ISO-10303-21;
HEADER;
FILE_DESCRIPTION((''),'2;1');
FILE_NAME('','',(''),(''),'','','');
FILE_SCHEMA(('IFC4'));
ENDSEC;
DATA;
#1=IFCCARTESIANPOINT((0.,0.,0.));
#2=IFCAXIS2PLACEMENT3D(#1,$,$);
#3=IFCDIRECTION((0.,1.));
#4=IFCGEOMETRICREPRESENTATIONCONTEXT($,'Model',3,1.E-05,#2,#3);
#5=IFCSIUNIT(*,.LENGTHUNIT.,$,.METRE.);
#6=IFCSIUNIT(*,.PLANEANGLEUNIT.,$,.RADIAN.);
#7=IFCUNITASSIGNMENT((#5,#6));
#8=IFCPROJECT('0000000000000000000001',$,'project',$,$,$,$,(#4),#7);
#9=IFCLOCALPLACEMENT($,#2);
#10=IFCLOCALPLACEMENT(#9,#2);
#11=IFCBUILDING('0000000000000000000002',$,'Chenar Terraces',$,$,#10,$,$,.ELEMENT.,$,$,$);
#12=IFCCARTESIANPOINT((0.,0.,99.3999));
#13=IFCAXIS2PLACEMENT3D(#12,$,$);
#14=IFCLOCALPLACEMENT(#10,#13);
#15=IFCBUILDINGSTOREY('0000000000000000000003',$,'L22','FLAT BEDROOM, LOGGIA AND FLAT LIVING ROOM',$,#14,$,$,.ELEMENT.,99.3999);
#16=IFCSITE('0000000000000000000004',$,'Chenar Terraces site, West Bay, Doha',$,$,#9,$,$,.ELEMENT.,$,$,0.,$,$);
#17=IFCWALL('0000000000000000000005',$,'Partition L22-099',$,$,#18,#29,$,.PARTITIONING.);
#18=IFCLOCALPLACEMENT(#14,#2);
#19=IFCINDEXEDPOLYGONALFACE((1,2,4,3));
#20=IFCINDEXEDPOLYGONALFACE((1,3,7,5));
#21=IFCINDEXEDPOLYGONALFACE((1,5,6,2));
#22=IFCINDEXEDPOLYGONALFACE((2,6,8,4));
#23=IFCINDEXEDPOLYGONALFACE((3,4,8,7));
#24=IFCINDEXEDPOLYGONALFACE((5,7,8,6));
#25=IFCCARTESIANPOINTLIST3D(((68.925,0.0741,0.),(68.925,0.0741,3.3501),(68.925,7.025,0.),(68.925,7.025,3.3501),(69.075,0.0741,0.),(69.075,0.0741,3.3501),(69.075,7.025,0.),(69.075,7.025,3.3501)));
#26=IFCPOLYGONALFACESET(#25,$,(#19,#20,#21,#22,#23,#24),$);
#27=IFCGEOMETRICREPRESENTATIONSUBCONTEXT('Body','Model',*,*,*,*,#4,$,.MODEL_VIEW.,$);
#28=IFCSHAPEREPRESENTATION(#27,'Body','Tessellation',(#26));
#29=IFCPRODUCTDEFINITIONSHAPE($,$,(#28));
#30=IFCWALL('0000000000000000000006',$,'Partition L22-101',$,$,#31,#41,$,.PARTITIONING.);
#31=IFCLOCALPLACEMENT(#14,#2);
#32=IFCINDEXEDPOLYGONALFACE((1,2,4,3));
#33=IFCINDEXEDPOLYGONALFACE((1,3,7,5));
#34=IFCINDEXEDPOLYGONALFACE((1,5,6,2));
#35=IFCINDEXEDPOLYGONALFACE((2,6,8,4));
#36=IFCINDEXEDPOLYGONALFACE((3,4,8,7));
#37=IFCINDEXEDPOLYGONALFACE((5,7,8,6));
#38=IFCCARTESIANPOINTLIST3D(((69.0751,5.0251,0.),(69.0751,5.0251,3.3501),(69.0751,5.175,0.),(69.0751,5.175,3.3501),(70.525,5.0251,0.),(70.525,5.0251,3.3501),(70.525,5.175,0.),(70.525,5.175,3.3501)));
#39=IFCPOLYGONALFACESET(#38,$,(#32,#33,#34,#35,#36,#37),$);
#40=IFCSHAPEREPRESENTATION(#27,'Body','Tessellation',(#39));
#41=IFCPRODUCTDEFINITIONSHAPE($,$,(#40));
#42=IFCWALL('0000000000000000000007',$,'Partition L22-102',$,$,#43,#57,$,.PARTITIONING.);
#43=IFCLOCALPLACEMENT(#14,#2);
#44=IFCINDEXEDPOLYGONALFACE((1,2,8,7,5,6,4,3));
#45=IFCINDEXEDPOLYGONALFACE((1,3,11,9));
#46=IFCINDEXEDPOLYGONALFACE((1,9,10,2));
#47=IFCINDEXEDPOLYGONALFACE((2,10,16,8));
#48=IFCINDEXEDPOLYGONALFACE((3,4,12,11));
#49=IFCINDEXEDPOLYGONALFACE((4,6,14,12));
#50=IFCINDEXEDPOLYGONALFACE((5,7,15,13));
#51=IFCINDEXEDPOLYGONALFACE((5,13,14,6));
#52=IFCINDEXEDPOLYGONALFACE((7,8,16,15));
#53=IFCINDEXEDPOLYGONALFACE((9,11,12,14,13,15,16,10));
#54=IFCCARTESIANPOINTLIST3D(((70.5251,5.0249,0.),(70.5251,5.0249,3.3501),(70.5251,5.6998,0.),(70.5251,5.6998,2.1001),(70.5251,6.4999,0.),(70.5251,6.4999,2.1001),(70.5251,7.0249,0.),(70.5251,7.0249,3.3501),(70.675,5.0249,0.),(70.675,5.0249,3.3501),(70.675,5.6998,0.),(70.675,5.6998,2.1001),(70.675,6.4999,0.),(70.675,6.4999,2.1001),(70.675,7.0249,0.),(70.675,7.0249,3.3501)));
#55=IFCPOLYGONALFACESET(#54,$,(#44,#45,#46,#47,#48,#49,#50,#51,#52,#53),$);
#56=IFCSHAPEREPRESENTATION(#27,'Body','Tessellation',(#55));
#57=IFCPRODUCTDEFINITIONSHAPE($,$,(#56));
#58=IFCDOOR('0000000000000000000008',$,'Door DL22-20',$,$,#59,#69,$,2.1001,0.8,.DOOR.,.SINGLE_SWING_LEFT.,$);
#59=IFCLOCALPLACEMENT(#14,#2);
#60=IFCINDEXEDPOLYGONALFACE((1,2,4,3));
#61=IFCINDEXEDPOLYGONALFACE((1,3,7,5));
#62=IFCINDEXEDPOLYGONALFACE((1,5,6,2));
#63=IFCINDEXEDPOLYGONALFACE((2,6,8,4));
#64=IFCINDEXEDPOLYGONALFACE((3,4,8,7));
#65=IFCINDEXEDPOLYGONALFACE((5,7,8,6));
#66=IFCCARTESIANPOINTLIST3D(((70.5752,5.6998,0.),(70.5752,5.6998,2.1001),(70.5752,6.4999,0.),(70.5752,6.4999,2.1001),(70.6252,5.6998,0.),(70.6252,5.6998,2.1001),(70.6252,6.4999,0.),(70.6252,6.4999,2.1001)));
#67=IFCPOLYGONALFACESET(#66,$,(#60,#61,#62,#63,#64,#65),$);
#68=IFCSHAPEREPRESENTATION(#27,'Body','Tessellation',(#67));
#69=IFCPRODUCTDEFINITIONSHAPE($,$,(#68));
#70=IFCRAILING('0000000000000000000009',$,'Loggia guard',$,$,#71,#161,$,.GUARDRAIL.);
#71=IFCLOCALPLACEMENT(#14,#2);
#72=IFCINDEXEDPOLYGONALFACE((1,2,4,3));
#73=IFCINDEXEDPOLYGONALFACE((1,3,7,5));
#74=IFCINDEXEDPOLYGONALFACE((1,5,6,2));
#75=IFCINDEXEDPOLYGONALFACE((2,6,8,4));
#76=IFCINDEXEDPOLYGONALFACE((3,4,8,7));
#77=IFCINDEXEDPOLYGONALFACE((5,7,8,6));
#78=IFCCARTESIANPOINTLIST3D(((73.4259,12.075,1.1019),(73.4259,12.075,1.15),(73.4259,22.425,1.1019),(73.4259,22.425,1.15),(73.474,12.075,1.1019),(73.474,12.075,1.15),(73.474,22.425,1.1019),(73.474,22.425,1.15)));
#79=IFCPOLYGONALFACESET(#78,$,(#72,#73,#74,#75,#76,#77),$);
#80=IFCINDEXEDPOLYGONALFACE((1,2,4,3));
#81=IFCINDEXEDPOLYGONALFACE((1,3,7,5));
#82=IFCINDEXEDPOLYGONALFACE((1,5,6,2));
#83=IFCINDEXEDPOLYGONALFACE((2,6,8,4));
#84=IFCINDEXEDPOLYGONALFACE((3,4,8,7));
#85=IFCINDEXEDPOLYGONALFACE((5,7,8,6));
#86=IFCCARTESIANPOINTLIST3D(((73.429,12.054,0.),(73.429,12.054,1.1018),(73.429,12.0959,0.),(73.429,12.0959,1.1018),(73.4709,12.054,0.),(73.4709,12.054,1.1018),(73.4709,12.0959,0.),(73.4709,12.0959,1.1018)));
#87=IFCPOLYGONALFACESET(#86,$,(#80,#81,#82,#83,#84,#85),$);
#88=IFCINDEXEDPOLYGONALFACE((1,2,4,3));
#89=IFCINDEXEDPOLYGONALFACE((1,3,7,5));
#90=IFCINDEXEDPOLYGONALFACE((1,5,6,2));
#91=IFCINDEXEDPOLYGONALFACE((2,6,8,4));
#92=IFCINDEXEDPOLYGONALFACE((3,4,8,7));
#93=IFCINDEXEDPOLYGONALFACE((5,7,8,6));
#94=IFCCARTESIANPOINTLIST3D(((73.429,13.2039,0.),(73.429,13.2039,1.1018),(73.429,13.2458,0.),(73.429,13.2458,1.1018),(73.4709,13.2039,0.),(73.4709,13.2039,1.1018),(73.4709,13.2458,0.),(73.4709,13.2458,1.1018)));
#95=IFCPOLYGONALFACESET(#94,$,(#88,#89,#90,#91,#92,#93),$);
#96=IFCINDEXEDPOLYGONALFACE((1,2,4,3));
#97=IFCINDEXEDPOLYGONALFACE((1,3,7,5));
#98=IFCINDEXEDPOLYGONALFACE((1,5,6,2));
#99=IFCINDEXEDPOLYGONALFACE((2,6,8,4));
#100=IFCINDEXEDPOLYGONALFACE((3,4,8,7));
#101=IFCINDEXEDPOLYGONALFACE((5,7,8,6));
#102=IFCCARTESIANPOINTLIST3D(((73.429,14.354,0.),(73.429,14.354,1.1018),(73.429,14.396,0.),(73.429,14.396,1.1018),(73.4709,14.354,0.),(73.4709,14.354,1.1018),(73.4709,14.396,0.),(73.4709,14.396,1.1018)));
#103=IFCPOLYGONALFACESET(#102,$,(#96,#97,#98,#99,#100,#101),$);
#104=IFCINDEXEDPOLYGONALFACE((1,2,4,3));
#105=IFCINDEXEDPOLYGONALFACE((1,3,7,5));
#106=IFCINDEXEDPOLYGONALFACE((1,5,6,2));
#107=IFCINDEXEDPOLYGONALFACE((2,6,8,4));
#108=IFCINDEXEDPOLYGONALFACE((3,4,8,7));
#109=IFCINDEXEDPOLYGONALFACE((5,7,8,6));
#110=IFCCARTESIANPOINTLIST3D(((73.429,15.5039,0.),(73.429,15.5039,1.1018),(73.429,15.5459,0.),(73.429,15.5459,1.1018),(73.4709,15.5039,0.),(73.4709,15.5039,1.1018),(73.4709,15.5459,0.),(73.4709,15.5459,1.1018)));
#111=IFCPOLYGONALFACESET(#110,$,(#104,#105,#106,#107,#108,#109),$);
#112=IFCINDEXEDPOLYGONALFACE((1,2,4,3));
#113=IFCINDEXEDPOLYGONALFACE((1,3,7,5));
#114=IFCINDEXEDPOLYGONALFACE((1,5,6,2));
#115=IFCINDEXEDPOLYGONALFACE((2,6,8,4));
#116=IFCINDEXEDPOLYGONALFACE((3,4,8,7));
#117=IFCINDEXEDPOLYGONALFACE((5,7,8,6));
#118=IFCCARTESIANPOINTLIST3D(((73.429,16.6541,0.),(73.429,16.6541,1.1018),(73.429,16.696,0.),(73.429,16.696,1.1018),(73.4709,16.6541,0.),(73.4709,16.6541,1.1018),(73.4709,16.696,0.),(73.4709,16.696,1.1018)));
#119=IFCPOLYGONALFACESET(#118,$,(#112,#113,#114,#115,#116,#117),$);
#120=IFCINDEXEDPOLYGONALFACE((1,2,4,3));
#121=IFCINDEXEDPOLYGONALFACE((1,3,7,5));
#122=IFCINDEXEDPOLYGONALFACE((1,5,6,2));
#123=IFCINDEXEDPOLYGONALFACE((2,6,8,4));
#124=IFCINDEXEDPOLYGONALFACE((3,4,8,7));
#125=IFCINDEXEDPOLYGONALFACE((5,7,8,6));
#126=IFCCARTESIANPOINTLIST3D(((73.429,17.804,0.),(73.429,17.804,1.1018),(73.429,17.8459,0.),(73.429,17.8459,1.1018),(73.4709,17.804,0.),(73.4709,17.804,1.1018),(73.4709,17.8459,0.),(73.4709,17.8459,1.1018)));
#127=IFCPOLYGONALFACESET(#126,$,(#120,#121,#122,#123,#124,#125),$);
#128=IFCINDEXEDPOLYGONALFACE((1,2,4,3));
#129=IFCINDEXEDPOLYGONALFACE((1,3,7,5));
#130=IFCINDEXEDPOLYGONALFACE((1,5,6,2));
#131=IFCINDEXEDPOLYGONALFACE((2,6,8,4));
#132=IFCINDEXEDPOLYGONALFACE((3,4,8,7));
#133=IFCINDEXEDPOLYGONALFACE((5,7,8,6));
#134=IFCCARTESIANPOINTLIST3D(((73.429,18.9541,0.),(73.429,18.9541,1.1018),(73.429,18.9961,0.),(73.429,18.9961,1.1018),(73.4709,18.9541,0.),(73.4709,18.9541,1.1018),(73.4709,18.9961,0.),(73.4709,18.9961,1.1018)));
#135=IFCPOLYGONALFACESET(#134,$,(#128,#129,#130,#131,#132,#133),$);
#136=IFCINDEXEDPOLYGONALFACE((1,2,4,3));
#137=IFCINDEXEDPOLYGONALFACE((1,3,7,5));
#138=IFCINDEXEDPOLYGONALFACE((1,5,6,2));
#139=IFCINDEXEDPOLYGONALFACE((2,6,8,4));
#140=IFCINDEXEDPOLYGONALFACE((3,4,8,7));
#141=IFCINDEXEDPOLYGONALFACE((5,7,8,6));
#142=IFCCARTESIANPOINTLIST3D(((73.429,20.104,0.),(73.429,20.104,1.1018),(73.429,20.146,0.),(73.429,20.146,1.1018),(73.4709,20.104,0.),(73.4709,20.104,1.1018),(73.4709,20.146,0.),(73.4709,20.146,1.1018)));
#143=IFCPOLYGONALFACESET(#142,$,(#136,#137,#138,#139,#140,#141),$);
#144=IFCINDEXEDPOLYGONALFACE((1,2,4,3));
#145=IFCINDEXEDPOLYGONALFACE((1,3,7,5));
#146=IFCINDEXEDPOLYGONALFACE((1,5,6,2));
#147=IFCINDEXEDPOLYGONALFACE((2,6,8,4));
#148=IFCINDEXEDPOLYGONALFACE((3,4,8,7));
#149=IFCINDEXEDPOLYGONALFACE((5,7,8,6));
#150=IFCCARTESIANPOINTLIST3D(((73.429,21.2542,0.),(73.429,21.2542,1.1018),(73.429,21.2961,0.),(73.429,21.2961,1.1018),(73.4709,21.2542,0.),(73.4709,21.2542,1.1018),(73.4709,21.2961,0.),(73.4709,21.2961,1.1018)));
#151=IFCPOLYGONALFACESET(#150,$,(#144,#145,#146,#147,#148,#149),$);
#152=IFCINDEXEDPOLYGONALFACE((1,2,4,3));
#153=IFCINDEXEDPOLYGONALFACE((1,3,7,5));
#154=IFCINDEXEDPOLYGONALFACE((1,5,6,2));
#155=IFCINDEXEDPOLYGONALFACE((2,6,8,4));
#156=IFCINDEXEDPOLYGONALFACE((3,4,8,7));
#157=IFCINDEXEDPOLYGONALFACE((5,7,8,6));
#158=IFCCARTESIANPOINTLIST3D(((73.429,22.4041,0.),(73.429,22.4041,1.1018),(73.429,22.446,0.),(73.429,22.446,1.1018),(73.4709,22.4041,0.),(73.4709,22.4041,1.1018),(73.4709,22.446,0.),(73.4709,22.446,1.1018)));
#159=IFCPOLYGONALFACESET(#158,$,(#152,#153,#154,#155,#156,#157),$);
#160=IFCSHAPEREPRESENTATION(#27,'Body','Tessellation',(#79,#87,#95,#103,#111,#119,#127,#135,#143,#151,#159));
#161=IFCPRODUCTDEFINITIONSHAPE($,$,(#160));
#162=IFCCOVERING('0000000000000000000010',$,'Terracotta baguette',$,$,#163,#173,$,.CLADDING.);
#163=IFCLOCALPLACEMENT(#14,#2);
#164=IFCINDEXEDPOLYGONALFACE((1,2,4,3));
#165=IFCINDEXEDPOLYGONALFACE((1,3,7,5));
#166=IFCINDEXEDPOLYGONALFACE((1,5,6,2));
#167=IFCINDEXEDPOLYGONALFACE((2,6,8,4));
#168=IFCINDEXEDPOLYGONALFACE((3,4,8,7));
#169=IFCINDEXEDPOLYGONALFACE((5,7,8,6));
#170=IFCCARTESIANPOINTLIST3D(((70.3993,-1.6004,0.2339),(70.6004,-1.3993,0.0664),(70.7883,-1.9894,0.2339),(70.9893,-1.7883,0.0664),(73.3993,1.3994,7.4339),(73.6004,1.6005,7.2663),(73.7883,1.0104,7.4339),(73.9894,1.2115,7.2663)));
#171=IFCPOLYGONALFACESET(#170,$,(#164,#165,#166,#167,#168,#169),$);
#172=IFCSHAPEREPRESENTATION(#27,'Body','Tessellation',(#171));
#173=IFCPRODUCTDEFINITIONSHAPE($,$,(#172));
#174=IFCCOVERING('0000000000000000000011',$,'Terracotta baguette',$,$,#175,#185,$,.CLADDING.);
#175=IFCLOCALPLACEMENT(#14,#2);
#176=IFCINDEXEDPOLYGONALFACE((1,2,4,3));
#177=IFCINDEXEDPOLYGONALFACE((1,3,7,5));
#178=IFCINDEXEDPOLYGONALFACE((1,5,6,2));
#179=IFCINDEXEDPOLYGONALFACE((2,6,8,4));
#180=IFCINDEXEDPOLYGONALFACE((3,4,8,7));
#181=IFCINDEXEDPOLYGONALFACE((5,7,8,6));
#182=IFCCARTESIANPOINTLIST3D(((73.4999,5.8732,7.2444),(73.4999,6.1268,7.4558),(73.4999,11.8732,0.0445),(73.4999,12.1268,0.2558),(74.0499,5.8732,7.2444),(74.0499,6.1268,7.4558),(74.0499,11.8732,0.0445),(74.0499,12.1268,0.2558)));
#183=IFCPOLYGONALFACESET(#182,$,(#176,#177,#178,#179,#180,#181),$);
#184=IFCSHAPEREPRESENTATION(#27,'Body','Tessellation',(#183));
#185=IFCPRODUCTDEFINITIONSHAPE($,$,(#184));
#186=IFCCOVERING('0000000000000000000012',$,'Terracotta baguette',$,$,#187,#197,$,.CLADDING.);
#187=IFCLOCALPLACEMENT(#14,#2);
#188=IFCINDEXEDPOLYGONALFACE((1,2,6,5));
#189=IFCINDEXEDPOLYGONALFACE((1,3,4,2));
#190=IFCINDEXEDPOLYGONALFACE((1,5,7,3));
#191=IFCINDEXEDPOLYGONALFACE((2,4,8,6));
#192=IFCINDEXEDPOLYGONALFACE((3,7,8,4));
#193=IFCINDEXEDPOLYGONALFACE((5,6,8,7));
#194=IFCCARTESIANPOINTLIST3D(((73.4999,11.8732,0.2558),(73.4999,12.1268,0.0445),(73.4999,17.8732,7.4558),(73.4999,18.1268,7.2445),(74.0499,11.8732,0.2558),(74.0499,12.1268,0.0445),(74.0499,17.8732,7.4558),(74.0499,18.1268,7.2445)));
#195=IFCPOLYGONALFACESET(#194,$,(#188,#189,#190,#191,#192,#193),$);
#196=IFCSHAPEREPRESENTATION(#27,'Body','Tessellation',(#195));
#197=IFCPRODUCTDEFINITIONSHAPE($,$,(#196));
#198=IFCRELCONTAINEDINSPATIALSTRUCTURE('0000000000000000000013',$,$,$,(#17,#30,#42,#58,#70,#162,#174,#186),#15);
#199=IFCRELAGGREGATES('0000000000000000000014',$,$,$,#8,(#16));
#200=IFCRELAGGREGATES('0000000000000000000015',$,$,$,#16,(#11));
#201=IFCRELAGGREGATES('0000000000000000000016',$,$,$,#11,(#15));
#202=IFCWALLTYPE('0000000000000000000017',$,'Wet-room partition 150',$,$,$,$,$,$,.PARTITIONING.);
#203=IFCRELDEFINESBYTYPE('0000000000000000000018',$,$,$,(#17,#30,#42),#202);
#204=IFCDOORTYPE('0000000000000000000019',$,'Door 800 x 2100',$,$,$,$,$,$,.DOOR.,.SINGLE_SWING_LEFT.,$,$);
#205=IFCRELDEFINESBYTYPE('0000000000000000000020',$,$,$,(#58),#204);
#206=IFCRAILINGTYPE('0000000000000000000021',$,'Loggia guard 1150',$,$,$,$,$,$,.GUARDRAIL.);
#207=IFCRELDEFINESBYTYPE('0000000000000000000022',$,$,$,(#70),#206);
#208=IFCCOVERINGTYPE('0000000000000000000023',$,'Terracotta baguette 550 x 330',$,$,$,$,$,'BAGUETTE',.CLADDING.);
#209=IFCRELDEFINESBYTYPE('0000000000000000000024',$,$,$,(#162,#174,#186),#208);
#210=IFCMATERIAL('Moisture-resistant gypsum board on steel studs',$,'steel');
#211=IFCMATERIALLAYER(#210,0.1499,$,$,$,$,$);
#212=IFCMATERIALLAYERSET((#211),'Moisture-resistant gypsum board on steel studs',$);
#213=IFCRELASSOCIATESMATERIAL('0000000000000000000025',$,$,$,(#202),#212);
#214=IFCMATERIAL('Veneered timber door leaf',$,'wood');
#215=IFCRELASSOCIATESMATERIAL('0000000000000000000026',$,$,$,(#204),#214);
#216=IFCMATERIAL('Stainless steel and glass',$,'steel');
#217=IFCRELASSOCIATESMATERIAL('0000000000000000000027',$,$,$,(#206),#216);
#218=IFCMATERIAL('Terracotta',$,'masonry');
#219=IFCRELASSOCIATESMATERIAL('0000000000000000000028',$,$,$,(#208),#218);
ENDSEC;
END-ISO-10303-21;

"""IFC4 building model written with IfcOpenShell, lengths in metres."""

from ifc_helpers import new_model, si_unit, direction, frame, frame_2d, origin, origin_2d, place, context, subcontext, project, spatial, rectangle, extrude, material, layer, layer_set, material_profile, profile_set, type_object, element, fill, save


model = new_model("IFC4")

# Units and contexts
model_context = context("Model", 3, precision=1e-05, world=origin(), true_north=direction((0.0, 1.0)))
body_context = subcontext(model_context, "Body", "Model", "MODEL_VIEW")
ifc_project = project(units=[si_unit("LENGTHUNIT", "METRE"), si_unit("PLANEANGLEUNIT", "RADIAN")], contexts=[model_context])

# Site, building, storey
site_placement = place(None, origin())
site = spatial("IfcSite", under=ifc_project, at=site_placement, Name="Chenar Terraces site, West Bay, Doha", CompositionType="ELEMENT", RefElevation=0.0)
building_placement = place(site_placement, origin())
building = spatial("IfcBuilding", under=site, at=building_placement, Name="Chenar Terraces", CompositionType="ELEMENT")
storey_placement = place(building_placement, frame((0.0, 0.0, 99.3999)))
storey = spatial("IfcBuildingStorey", under=building, at=storey_placement, Name="L22", Description="FLAT BEDROOM, LOGGIA AND FLAT LIVING ROOM", CompositionType="ELEMENT", Elevation=99.3999)

# Shared definitions
ifc_material_1 = material(Name="Moisture-resistant gypsum board on steel studs", Category="steel")
ifc_layer_1 = layer(ifc_material_1, 0.1499)
ifc_layer_set_1 = layer_set([ifc_layer_1], Name="Moisture-resistant gypsum board on steel studs")
wall_type_1 = type_object("IfcWallType", Name="Wet-room partition 150", PredefinedType="PARTITIONING", material=ifc_layer_set_1)

# Shared definitions
ifc_material_2 = material(Name="Veneered timber door leaf", Category="wood")
door_type_1 = type_object("IfcDoorType", Name="Door 800 x 2100", OperationType="SINGLE_SWING_LEFT", PredefinedType="DOOR", material=ifc_material_2)

# Walls
wall_1_placement = place(storey_placement, frame((69.0, 0.074, 0.0), z_axis=(0.0, 0.0, 1.0), x_axis=(0.0, 1.0, 0.0)))
element("IfcWall", 1, at=wall_1_placement, inside=storey, type_object=wall_type_1, Name="Partition L22-099", PredefinedType="PARTITIONING", context=body_context, shape_type="SweptSolid", body=[
    extrude(rectangle(XDim=6.9509, YDim=0.1499, at=frame_2d((3.4756, 0.0))), origin(), (0.0, 0.0, 1.0), 3.3501),
])
wall_2_placement = place(storey_placement, frame((69.075, 5.1001, 0.0), z_axis=(0.0, 0.0, 1.0), x_axis=(1.0, 0.0, 0.0)))
element("IfcWall", 2, at=wall_2_placement, inside=storey, type_object=wall_type_1, Name="Partition L22-101", PredefinedType="PARTITIONING", context=body_context, shape_type="SweptSolid", body=[
    extrude(rectangle(XDim=1.45, YDim=0.1499, at=frame_2d((0.7251, 0.0))), origin(), (0.0, 0.0, 1.0), 3.3501),
])

# Wall, opening, door
wall_3_placement = place(storey_placement, frame((70.6001, 5.0249, 0.0), z_axis=(0.0, 0.0, 1.0), x_axis=(0.0, 1.0, 0.0)))
wall_3 = element("IfcWall", 3, at=wall_3_placement, inside=storey, type_object=wall_type_1, Name="Partition L22-102", PredefinedType="PARTITIONING", context=body_context, shape_type="SweptSolid", body=[
    extrude(rectangle(XDim=2.0, YDim=0.1499, at=frame_2d((1.0, 0.0))), origin(), (0.0, 0.0, 1.0), 3.3501),
])
opening_1_placement = place(wall_3_placement, frame((0.675, 0.0, 0.0)))
opening_1 = element("IfcOpeningElement", 4, at=opening_1_placement, cuts=wall_3, PredefinedType="OPENING", context=body_context, shape_type="SweptSolid", body=[
    extrude(rectangle(XDim=0.8, YDim=2.1001, at=frame_2d((0.3999, 1.05))), frame((0.0, 0.085, 0.0), z_axis=(0.0, -1.0, 0.0), x_axis=(1.0, 0.0, 0.0)), (0.0, 0.0, 1.0), 0.1699),
])
door_1_placement = place(opening_1_placement, origin())
door_1 = element("IfcDoor", 5, at=door_1_placement, inside=storey, type_object=door_type_1, Name="Door DL22-20", OperationType="SINGLE_SWING_LEFT", OverallHeight=2.1001, OverallWidth=0.8, PredefinedType="DOOR", context=body_context, shape_type="SweptSolid", body=[
    extrude(rectangle(XDim=0.8, YDim=2.1001, at=frame_2d((0.3999, 1.05))), frame((0.0, 0.0249, 0.0), z_axis=(0.0, -1.0, 0.0), x_axis=(1.0, 0.0, 0.0)), (0.0, 0.0, 1.0), 0.05),
])
fill(opening_1, door_1)

# Railing
ifc_material_3 = material(Name="Stainless steel and glass", Category="steel")
railing_type = type_object("IfcRailingType", Name="Loggia guard 1150", PredefinedType="GUARDRAIL", material=ifc_material_3)
railing_placement = place(storey_placement, frame((73.45, 12.075, 0.0)))
element("IfcRailing", 6, at=railing_placement, inside=storey, type_object=railing_type, Name="Loggia guard", PredefinedType="GUARDRAIL", context=body_context, shape_type="SweptSolid", body=[
    extrude(rectangle(XDim=0.0481, YDim=0.0481, at=origin_2d()), frame((0.0, 0.0, 1.126), z_axis=(0.0, 1.0, 0.0), x_axis=(-1.0, 0.0, 0.0)), (0.0, 0.0, 1.0), 10.3501),
    extrude(rectangle(XDim=0.042, YDim=0.042, at=origin_2d()), origin(), (0.0, 0.0, 1.0), 1.1018),
    extrude(rectangle(XDim=0.042, YDim=0.042, at=origin_2d()), frame((0.0, 1.1499, 0.0)), (0.0, 0.0, 1.0), 1.1018),
    extrude(rectangle(XDim=0.042, YDim=0.042, at=origin_2d()), frame((0.0, 2.3, 0.0)), (0.0, 0.0, 1.0), 1.1018),
    extrude(rectangle(XDim=0.042, YDim=0.042, at=origin_2d()), frame((0.0, 3.45, 0.0)), (0.0, 0.0, 1.0), 1.1018),
    extrude(rectangle(XDim=0.042, YDim=0.042, at=origin_2d()), frame((0.0, 4.6001, 0.0)), (0.0, 0.0, 1.0), 1.1018),
    extrude(rectangle(XDim=0.042, YDim=0.042, at=origin_2d()), frame((0.0, 5.75, 0.0)), (0.0, 0.0, 1.0), 1.1018),
    extrude(rectangle(XDim=0.042, YDim=0.042, at=origin_2d()), frame((0.0, 6.9001, 0.0)), (0.0, 0.0, 1.0), 1.1018),
    extrude(rectangle(XDim=0.042, YDim=0.042, at=origin_2d()), frame((0.0, 8.05, 0.0)), (0.0, 0.0, 1.0), 1.1018),
    extrude(rectangle(XDim=0.042, YDim=0.042, at=origin_2d()), frame((0.0, 9.2002, 0.0)), (0.0, 0.0, 1.0), 1.1018),
    extrude(rectangle(XDim=0.042, YDim=0.042, at=origin_2d()), frame((0.0, 10.3501, 0.0)), (0.0, 0.0, 1.0), 1.1018),
])

# Coverings
ifc_material_4 = material(Name="Terracotta", Category="masonry")
ifc_material_profile_1 = material_profile(ifc_material_4, rectangle(XDim=0.55, YDim=0.3301, at=origin_2d()), Name="Terracotta baguette 550 x 330")
ifc_profile_set_1 = profile_set([ifc_material_profile_1], Name="Terracotta")
covering_type = type_object("IfcCoveringType", Name="Terracotta baguette 550 x 330", ElementType="BAGUETTE", PredefinedType="CLADDING", material=ifc_profile_set_1)
covering_placement = place(storey_placement, frame((70.6943, -1.6943, 0.1501), z_axis=(0.358985, 0.358955, 0.861557), x_axis=(-0.707078, 0.707136, 0.0)))
element("IfcCovering", 7, at=covering_placement, inside=storey, type_object=covering_type, Name="Terracotta baguette", PredefinedType="CLADDING", context=body_context, shape_type="SweptSolid", body=[
    extrude(rectangle(XDim=0.55, YDim=0.3301, at=origin_2d()), origin(), (0.0, 0.0, 1.0), 8.3569),
])
for number, where, z_axis, x_axis, name in (
    (8, (73.7749, 6.0, 7.3501), (0.0, 0.640187, -0.768219), (-1.0, 0.0, 0.0), "Terracotta baguette"),
    (9, (73.7749, 12.0, 0.1501), (0.0, 0.640187, 0.768219), (-1.0, 0.0, 0.0), "Terracotta baguette"),
):
    element("IfcCovering", number, at=place(storey_placement, frame(where, z_axis=z_axis, x_axis=x_axis)), inside=storey, type_object=covering_type, Name=name, PredefinedType="CLADDING", context=body_context, shape_type="SweptSolid", body=[
        extrude(rectangle(XDim=0.55, YDim=0.3301, at=origin_2d()), origin(), (0.0, 0.0, 1.0), 9.3723),
    ])

save(model, "model.ifc")
